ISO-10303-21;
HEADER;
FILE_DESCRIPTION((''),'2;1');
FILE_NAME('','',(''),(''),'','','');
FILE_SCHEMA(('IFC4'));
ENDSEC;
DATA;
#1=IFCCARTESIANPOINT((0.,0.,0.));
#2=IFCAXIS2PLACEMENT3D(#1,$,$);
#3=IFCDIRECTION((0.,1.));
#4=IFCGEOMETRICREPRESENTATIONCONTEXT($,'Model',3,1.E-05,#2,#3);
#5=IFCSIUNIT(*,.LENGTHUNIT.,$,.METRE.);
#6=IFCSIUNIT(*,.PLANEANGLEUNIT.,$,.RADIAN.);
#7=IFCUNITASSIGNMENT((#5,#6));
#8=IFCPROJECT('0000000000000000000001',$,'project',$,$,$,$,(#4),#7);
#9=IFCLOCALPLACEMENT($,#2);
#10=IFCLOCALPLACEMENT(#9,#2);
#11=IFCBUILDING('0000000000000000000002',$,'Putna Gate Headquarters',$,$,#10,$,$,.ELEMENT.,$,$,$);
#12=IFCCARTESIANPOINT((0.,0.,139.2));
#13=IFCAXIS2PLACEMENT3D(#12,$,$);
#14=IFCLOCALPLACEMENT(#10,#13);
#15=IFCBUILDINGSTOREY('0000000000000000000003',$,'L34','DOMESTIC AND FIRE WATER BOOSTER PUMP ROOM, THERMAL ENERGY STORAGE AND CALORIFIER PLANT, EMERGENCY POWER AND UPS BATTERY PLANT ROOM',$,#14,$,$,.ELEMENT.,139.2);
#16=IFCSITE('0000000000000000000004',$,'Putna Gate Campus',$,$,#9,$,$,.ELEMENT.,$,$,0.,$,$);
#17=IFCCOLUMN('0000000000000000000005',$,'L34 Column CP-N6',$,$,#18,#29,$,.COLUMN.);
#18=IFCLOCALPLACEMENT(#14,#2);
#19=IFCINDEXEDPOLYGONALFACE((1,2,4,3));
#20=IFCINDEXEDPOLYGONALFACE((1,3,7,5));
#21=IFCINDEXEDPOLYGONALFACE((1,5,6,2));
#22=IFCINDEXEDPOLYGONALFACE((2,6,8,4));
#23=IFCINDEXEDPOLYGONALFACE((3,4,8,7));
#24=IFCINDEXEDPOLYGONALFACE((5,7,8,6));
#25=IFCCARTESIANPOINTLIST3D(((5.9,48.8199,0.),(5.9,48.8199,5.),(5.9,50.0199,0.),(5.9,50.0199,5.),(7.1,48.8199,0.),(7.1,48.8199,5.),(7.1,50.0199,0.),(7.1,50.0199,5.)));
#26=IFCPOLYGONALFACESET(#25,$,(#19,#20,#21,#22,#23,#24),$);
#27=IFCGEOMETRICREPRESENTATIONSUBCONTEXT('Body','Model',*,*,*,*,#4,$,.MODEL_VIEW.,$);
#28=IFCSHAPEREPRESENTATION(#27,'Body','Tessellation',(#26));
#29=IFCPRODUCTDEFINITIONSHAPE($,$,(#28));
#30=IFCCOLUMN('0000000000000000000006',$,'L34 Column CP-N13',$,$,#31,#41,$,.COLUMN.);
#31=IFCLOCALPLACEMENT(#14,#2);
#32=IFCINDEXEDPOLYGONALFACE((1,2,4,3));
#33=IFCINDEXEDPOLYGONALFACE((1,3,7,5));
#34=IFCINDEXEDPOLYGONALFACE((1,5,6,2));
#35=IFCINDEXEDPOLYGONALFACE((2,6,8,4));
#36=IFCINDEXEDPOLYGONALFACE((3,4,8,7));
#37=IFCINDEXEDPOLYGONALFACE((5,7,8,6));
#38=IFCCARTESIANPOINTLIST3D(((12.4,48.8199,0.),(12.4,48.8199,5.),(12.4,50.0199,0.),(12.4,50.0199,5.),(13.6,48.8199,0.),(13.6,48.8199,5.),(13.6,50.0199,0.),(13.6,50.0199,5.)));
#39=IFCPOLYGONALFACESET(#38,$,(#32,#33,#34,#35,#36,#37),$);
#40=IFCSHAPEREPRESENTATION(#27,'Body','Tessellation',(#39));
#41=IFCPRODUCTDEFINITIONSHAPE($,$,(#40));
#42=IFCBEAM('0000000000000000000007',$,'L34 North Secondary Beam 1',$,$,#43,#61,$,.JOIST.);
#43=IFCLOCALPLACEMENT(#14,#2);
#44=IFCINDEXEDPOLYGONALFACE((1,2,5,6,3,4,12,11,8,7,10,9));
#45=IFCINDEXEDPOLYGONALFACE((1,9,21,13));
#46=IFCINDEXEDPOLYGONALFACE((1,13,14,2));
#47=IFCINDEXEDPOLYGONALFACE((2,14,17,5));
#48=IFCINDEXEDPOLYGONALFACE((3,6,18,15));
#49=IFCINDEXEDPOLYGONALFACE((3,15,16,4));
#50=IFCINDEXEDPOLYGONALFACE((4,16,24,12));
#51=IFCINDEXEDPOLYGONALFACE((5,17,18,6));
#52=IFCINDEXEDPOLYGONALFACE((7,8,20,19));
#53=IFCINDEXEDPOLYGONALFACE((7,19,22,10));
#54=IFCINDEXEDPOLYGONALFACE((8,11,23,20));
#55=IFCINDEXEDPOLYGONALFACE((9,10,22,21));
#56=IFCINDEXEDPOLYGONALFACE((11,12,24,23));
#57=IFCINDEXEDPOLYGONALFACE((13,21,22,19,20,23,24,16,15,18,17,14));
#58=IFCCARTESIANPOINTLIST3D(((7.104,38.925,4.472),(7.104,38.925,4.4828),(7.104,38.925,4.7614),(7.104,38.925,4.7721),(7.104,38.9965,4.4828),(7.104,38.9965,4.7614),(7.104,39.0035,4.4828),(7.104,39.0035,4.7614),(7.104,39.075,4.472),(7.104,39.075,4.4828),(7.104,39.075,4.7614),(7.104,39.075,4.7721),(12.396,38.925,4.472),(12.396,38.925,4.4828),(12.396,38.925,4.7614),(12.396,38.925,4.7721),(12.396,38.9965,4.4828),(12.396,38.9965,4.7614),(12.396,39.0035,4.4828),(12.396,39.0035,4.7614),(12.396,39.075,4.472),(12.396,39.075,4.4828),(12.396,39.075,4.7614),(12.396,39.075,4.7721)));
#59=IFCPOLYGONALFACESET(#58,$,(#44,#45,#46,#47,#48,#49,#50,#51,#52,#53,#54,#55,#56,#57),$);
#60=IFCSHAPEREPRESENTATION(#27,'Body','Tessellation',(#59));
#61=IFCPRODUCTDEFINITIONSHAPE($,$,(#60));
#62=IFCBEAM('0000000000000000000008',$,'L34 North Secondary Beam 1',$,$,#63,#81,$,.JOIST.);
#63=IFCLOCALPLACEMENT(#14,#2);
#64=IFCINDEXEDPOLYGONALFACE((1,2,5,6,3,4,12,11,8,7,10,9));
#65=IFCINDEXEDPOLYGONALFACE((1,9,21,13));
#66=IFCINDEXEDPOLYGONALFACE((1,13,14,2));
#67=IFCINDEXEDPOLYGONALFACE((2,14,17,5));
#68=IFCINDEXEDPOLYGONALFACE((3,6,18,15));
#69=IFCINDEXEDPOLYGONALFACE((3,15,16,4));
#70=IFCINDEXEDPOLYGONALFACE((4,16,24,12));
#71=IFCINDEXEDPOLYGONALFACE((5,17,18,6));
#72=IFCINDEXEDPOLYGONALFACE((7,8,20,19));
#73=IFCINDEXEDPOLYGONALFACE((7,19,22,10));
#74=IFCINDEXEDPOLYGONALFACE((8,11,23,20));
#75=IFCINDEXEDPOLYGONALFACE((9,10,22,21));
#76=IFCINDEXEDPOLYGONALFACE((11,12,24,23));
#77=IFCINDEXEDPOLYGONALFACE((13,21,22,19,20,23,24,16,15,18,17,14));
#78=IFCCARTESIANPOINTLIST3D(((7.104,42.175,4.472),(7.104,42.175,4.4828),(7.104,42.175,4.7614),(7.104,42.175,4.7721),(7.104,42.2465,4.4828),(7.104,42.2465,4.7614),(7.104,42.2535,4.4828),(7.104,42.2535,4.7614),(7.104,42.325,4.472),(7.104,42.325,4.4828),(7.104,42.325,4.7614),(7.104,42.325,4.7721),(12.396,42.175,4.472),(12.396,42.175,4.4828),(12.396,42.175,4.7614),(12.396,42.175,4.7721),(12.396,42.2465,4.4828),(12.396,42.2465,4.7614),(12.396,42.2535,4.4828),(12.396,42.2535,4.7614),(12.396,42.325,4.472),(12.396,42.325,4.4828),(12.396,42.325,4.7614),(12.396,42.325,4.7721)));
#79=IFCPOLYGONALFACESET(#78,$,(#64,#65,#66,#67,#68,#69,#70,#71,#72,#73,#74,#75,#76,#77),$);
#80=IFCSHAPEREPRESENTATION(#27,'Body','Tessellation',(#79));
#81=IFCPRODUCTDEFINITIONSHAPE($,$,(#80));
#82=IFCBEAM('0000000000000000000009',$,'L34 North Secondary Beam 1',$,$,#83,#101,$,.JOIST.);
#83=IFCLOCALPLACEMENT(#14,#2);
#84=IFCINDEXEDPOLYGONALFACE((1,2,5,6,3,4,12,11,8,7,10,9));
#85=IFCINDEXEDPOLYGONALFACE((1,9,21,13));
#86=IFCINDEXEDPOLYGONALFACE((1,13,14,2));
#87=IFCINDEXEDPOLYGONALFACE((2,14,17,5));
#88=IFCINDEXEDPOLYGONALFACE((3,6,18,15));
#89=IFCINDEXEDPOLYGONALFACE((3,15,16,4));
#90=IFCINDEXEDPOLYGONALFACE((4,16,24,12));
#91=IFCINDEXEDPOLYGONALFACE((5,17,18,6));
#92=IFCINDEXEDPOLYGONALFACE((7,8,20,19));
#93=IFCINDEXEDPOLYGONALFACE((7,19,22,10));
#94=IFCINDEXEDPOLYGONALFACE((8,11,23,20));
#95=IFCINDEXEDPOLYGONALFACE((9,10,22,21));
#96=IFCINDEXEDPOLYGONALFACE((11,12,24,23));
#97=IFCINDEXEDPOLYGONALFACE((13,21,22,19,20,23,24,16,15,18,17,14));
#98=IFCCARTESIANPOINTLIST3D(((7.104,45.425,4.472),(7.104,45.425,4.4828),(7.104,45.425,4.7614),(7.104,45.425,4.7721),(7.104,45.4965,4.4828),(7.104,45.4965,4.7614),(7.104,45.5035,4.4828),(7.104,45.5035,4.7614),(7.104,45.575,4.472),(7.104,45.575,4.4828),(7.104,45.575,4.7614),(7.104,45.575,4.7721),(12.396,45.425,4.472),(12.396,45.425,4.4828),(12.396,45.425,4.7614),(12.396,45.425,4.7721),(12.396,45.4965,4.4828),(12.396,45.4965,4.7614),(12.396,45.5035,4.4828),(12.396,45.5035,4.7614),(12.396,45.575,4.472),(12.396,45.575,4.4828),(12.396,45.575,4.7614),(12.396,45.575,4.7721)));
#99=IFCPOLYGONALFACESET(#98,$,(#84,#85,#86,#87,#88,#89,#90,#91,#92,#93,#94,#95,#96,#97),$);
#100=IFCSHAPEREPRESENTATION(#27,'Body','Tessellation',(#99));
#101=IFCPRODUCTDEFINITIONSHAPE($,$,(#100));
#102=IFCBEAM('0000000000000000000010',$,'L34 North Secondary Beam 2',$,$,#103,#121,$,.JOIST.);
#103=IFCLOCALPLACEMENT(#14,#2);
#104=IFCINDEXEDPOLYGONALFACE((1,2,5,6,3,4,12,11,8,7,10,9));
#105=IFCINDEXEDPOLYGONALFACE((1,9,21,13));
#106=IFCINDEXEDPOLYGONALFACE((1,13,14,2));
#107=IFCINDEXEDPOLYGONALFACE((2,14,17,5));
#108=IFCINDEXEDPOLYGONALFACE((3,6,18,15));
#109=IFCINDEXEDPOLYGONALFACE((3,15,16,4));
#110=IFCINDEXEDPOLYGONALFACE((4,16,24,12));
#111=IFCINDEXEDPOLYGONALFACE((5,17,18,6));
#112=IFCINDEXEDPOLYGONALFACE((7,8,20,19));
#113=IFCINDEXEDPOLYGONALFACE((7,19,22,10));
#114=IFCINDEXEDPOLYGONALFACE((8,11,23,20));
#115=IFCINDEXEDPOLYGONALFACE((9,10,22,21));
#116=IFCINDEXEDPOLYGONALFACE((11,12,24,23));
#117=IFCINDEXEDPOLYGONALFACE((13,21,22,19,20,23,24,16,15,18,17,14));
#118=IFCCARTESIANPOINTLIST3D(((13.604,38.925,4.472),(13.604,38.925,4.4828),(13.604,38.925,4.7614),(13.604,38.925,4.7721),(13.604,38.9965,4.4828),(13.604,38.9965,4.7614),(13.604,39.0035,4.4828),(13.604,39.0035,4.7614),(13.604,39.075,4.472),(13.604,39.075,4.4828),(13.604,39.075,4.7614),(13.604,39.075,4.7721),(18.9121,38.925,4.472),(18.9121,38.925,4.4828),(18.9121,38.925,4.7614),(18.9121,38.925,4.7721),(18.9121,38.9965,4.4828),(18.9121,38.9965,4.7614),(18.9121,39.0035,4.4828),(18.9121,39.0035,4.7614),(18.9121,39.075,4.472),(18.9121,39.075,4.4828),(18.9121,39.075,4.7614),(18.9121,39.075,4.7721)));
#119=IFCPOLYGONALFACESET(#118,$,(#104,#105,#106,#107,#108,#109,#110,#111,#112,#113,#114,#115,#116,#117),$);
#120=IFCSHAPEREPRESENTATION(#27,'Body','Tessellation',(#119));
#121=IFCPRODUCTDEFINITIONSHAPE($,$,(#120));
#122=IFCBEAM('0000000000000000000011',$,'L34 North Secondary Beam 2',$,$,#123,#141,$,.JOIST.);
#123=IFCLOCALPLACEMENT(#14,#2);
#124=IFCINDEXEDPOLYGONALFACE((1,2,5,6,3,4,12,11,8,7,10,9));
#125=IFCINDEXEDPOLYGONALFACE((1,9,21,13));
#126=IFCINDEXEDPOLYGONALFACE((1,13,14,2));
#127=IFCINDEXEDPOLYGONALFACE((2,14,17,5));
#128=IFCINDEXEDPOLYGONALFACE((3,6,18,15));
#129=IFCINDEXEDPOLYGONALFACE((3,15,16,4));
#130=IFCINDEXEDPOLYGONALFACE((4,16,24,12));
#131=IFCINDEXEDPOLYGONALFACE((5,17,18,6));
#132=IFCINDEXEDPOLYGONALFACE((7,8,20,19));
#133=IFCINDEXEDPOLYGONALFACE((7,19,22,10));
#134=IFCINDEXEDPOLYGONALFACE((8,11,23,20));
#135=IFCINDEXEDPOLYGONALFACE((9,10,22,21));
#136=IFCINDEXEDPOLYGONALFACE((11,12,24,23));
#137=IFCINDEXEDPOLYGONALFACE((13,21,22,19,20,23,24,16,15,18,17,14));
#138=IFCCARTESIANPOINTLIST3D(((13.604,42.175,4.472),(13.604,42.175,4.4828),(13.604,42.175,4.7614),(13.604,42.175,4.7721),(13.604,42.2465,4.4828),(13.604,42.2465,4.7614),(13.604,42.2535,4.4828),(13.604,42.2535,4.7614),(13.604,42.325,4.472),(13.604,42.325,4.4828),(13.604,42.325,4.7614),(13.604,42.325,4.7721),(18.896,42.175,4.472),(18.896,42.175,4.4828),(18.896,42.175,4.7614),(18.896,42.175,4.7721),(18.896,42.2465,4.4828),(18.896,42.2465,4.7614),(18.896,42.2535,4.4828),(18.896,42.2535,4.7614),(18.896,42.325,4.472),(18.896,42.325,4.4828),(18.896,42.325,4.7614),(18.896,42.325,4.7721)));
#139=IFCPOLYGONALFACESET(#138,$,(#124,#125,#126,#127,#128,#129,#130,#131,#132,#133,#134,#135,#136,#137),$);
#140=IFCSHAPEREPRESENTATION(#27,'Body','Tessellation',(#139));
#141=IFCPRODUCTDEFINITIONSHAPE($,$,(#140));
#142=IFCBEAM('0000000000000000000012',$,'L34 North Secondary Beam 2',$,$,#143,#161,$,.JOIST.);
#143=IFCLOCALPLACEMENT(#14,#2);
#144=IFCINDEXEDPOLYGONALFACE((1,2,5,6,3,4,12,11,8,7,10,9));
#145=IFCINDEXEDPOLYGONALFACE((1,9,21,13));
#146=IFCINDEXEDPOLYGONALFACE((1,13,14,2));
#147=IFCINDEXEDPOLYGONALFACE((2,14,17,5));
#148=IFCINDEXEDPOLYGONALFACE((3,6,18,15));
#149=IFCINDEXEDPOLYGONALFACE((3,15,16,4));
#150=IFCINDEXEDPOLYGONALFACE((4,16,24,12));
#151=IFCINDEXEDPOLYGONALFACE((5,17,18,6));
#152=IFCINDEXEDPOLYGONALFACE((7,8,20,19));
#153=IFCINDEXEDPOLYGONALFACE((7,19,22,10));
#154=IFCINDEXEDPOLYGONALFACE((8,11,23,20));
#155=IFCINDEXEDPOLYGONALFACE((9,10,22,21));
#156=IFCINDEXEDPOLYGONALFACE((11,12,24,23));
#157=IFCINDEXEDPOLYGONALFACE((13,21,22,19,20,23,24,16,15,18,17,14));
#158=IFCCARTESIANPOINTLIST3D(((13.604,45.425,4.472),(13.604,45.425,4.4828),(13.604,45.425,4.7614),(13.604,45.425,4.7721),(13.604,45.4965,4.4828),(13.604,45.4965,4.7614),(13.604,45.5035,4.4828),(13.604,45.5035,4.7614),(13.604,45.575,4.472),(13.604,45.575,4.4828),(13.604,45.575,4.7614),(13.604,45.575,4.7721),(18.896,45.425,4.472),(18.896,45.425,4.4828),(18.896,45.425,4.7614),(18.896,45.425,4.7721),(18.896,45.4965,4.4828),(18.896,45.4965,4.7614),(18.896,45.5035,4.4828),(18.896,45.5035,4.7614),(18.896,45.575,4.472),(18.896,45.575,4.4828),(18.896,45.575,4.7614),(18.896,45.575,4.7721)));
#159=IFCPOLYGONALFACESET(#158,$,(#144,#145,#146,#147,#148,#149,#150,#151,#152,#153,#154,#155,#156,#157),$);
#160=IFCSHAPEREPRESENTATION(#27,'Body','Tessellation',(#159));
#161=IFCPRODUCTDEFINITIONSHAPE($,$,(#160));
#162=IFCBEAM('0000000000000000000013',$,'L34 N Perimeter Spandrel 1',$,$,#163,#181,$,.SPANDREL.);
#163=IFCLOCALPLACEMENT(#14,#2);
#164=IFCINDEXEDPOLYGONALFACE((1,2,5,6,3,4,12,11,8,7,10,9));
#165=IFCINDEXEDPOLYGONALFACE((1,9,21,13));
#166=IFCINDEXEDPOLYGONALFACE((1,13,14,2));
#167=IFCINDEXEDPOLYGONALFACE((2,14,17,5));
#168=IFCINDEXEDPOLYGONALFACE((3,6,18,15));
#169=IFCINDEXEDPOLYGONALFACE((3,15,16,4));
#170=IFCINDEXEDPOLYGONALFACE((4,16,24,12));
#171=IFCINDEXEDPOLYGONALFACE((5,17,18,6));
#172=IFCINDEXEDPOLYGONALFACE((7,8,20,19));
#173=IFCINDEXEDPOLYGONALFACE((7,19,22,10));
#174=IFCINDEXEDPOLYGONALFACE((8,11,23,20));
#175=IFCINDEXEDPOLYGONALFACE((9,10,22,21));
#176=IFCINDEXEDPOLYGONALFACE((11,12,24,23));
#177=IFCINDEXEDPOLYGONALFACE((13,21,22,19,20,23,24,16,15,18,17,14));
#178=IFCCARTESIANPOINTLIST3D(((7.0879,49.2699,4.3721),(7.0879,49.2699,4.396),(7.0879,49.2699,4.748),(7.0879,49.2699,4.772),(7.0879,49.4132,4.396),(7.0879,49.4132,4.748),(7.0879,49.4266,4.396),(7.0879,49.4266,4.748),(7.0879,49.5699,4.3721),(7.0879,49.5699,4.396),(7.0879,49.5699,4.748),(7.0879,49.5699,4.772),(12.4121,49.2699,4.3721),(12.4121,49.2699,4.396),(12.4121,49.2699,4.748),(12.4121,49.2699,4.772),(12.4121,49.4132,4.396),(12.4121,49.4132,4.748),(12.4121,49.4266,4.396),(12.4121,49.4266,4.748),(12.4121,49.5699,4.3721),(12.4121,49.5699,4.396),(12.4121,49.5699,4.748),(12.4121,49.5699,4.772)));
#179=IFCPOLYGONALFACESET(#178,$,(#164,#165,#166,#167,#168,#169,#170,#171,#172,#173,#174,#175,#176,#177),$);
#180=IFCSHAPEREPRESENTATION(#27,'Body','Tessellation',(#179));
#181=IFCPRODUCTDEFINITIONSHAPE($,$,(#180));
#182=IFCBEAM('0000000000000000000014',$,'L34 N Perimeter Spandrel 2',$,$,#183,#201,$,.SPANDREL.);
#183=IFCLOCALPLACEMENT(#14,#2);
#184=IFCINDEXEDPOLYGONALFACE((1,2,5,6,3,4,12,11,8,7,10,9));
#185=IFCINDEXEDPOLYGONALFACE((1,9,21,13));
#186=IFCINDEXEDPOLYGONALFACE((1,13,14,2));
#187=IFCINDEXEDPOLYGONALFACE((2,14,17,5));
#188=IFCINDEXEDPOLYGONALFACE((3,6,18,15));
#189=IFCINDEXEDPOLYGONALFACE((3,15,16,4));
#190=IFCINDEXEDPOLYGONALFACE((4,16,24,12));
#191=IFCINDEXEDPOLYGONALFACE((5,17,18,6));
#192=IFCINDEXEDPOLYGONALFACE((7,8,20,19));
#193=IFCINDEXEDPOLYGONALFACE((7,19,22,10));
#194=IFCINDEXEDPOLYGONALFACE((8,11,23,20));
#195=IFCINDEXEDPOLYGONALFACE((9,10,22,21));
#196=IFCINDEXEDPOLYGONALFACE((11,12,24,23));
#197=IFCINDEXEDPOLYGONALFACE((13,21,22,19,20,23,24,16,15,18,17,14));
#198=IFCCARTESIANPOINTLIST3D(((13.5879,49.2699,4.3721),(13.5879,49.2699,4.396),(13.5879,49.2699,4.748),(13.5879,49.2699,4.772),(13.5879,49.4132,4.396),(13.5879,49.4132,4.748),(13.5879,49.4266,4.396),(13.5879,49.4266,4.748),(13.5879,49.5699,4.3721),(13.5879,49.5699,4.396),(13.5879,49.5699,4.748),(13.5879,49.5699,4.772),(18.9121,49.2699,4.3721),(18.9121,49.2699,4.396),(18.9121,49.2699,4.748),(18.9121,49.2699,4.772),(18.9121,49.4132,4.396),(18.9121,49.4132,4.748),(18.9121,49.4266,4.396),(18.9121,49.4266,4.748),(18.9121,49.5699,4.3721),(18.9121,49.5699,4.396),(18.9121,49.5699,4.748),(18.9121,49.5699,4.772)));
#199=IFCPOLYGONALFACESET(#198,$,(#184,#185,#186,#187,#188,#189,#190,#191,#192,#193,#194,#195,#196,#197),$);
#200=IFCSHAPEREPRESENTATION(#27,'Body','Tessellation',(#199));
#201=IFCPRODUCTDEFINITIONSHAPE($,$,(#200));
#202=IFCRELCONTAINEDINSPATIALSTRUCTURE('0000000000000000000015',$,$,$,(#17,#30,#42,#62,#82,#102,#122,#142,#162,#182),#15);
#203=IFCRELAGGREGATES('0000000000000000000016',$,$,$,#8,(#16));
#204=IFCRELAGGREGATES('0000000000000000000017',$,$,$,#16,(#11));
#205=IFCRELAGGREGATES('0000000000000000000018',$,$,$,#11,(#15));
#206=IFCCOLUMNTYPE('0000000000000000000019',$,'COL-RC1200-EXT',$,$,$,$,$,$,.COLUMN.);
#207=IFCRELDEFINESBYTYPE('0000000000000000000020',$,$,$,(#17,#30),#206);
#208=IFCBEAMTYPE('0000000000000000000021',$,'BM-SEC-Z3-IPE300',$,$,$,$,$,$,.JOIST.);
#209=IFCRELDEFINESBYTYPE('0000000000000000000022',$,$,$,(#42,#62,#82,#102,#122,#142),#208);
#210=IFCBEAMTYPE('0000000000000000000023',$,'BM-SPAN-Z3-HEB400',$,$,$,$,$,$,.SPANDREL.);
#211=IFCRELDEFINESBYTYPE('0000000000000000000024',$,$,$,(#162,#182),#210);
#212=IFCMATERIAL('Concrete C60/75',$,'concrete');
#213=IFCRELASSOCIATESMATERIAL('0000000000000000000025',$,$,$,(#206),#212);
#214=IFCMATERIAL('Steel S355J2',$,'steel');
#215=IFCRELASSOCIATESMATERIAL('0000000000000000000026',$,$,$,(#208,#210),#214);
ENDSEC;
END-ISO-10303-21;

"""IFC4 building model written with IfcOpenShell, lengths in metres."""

from ifc_helpers import new_model, si_unit, direction, frame, origin, origin_2d, place, context, subcontext, project, spatial, rectangle, i_section, extrude, material, material_profile, profile_set, type_object, element, save


model = new_model("IFC4")

# Units and contexts
model_context = context("Model", 3, precision=1e-05, world=origin(), true_north=direction((0.0, 1.0)))
body_context = subcontext(model_context, "Body", "Model", "MODEL_VIEW")
ifc_project = project(units=[si_unit("LENGTHUNIT", "METRE"), si_unit("PLANEANGLEUNIT", "RADIAN")], contexts=[model_context])

# Site, building, storey
site_placement = place(None, origin())
site = spatial("IfcSite", under=ifc_project, at=site_placement, Name="Putna Gate Campus", CompositionType="ELEMENT", RefElevation=0.0)
building_placement = place(site_placement, origin())
building = spatial("IfcBuilding", under=site, at=building_placement, Name="Putna Gate Headquarters", CompositionType="ELEMENT")
storey_placement = place(building_placement, frame((0.0, 0.0, 139.2)))
storey = spatial("IfcBuildingStorey", under=building, at=storey_placement, Name="L34", Description="DOMESTIC AND FIRE WATER BOOSTER PUMP ROOM, THERMAL ENERGY STORAGE AND CALORIFIER PLANT, EMERGENCY POWER AND UPS BATTERY PLANT ROOM", CompositionType="ELEMENT", Elevation=139.2)

# Columns
ifc_material_1 = material(Name="Concrete C60/75", Category="concrete")
ifc_material_profile_1 = material_profile(ifc_material_1, rectangle(XDim=1.2, YDim=1.2, at=origin_2d()), Name="Concrete C60/75")
ifc_profile_set_1 = profile_set([ifc_material_profile_1], Name="Concrete C60/75")
column_type = type_object("IfcColumnType", Name="COL-RC1200-EXT", PredefinedType="COLUMN", material=ifc_profile_set_1)
for number, where, z_axis, x_axis, name in (
    (1, (6.5, 49.4199, 0.0), (0.0, 0.0, 1.0), (1.0, 0.0, 0.0), "L34 Column CP-N6"),
    (2, (13.0, 49.4199, 0.0), (0.0, 0.0, 1.0), (1.0, 0.0, 0.0), "L34 Column CP-N13"),
):
    element("IfcColumn", number, at=place(storey_placement, frame(where, z_axis=z_axis, x_axis=x_axis)), inside=storey, type_object=column_type, Name=name, PredefinedType="COLUMN", context=body_context, shape_type="SweptSolid", body=[
        extrude(rectangle(XDim=1.2, YDim=1.2, at=origin_2d()), origin(), (0.0, 0.0, 1.0), 5.0),
    ])

# Beams
ifc_material_2 = material(Name="Steel S355J2", Category="steel")
ifc_material_profile_2 = material_profile(ifc_material_2, i_section(OverallWidth=0.1499, OverallDepth=0.3, WebThickness=0.0071, FlangeThickness=0.0107, at=origin_2d()), Name="Steel S355J2")
ifc_profile_set_2 = profile_set([ifc_material_profile_2], Name="Steel S355J2")
beam_type_1 = type_object("IfcBeamType", Name="BM-SEC-Z3-IPE300", PredefinedType="JOIST", material=ifc_profile_set_2)
for number, where, z_axis, x_axis, name in (
    (3, (7.104, 39.0, 4.6221), (1.0, 0.0, 0.0), (0.0, 1.0, 0.0), "L34 North Secondary Beam 1"),
    (4, (7.104, 42.25, 4.6221), (1.0, 0.0, 0.0), (0.0, 1.0, 0.0), "L34 North Secondary Beam 1"),
    (5, (7.104, 45.5, 4.6221), (1.0, 0.0, 0.0), (0.0, 1.0, 0.0), "L34 North Secondary Beam 1"),
):
    element("IfcBeam", number, at=place(storey_placement, frame(where, z_axis=z_axis, x_axis=x_axis)), inside=storey, type_object=beam_type_1, Name=name, PredefinedType="JOIST", context=body_context, shape_type="SweptSolid", body=[
        extrude(i_section(OverallWidth=0.1499, OverallDepth=0.3, WebThickness=0.0071, FlangeThickness=0.0107, at=origin_2d()), origin(), (0.0, 0.0, 1.0), 5.292),
    ])
beam_1_placement = place(storey_placement, frame((13.604, 39.0, 4.6221), z_axis=(1.0, 0.0, 0.0), x_axis=(0.0, 1.0, 0.0)))
element("IfcBeam", 6, at=beam_1_placement, inside=storey, type_object=beam_type_1, Name="L34 North Secondary Beam 2", PredefinedType="JOIST", context=body_context, shape_type="SweptSolid", body=[
    extrude(i_section(OverallWidth=0.1499, OverallDepth=0.3, WebThickness=0.0071, FlangeThickness=0.0107, at=origin_2d()), origin(), (0.0, 0.0, 1.0), 5.3081),
])
for number, where, z_axis, x_axis, name in (
    (7, (13.604, 42.25, 4.6221), (1.0, 0.0, 0.0), (0.0, 1.0, 0.0), "L34 North Secondary Beam 2"),
    (8, (13.604, 45.5, 4.6221), (1.0, 0.0, 0.0), (0.0, 1.0, 0.0), "L34 North Secondary Beam 2"),
):
    element("IfcBeam", number, at=place(storey_placement, frame(where, z_axis=z_axis, x_axis=x_axis)), inside=storey, type_object=beam_type_1, Name=name, PredefinedType="JOIST", context=body_context, shape_type="SweptSolid", body=[
        extrude(i_section(OverallWidth=0.1499, OverallDepth=0.3, WebThickness=0.0071, FlangeThickness=0.0107, at=origin_2d()), origin(), (0.0, 0.0, 1.0), 5.292),
    ])
ifc_material_profile_3 = material_profile(ifc_material_2, i_section(OverallWidth=0.3, OverallDepth=0.3999, WebThickness=0.0134, FlangeThickness=0.0239, at=origin_2d()), Name="Steel S355J2")
ifc_profile_set_3 = profile_set([ifc_material_profile_3], Name="Steel S355J2")
beam_type_2 = type_object("IfcBeamType", Name="BM-SPAN-Z3-HEB400", PredefinedType="SPANDREL", material=ifc_profile_set_3)
for number, where, z_axis, x_axis, name in (
    (9, (7.0879, 49.4199, 4.572), (1.0, 0.0, 0.0), (0.0, 1.0, 0.0), "L34 N Perimeter Spandrel 1"),
    (10, (13.5879, 49.4199, 4.572), (1.0, 0.0, 0.0), (0.0, 1.0, 0.0), "L34 N Perimeter Spandrel 2"),
):
    element("IfcBeam", number, at=place(storey_placement, frame(where, z_axis=z_axis, x_axis=x_axis)), inside=storey, type_object=beam_type_2, Name=name, PredefinedType="SPANDREL", context=body_context, shape_type="SweptSolid", body=[
        extrude(i_section(OverallWidth=0.3, OverallDepth=0.3999, WebThickness=0.0134, FlangeThickness=0.0239, at=origin_2d()), origin(), (0.0, 0.0, 1.0), 5.3242),
    ])

save(model, "model.ifc")
